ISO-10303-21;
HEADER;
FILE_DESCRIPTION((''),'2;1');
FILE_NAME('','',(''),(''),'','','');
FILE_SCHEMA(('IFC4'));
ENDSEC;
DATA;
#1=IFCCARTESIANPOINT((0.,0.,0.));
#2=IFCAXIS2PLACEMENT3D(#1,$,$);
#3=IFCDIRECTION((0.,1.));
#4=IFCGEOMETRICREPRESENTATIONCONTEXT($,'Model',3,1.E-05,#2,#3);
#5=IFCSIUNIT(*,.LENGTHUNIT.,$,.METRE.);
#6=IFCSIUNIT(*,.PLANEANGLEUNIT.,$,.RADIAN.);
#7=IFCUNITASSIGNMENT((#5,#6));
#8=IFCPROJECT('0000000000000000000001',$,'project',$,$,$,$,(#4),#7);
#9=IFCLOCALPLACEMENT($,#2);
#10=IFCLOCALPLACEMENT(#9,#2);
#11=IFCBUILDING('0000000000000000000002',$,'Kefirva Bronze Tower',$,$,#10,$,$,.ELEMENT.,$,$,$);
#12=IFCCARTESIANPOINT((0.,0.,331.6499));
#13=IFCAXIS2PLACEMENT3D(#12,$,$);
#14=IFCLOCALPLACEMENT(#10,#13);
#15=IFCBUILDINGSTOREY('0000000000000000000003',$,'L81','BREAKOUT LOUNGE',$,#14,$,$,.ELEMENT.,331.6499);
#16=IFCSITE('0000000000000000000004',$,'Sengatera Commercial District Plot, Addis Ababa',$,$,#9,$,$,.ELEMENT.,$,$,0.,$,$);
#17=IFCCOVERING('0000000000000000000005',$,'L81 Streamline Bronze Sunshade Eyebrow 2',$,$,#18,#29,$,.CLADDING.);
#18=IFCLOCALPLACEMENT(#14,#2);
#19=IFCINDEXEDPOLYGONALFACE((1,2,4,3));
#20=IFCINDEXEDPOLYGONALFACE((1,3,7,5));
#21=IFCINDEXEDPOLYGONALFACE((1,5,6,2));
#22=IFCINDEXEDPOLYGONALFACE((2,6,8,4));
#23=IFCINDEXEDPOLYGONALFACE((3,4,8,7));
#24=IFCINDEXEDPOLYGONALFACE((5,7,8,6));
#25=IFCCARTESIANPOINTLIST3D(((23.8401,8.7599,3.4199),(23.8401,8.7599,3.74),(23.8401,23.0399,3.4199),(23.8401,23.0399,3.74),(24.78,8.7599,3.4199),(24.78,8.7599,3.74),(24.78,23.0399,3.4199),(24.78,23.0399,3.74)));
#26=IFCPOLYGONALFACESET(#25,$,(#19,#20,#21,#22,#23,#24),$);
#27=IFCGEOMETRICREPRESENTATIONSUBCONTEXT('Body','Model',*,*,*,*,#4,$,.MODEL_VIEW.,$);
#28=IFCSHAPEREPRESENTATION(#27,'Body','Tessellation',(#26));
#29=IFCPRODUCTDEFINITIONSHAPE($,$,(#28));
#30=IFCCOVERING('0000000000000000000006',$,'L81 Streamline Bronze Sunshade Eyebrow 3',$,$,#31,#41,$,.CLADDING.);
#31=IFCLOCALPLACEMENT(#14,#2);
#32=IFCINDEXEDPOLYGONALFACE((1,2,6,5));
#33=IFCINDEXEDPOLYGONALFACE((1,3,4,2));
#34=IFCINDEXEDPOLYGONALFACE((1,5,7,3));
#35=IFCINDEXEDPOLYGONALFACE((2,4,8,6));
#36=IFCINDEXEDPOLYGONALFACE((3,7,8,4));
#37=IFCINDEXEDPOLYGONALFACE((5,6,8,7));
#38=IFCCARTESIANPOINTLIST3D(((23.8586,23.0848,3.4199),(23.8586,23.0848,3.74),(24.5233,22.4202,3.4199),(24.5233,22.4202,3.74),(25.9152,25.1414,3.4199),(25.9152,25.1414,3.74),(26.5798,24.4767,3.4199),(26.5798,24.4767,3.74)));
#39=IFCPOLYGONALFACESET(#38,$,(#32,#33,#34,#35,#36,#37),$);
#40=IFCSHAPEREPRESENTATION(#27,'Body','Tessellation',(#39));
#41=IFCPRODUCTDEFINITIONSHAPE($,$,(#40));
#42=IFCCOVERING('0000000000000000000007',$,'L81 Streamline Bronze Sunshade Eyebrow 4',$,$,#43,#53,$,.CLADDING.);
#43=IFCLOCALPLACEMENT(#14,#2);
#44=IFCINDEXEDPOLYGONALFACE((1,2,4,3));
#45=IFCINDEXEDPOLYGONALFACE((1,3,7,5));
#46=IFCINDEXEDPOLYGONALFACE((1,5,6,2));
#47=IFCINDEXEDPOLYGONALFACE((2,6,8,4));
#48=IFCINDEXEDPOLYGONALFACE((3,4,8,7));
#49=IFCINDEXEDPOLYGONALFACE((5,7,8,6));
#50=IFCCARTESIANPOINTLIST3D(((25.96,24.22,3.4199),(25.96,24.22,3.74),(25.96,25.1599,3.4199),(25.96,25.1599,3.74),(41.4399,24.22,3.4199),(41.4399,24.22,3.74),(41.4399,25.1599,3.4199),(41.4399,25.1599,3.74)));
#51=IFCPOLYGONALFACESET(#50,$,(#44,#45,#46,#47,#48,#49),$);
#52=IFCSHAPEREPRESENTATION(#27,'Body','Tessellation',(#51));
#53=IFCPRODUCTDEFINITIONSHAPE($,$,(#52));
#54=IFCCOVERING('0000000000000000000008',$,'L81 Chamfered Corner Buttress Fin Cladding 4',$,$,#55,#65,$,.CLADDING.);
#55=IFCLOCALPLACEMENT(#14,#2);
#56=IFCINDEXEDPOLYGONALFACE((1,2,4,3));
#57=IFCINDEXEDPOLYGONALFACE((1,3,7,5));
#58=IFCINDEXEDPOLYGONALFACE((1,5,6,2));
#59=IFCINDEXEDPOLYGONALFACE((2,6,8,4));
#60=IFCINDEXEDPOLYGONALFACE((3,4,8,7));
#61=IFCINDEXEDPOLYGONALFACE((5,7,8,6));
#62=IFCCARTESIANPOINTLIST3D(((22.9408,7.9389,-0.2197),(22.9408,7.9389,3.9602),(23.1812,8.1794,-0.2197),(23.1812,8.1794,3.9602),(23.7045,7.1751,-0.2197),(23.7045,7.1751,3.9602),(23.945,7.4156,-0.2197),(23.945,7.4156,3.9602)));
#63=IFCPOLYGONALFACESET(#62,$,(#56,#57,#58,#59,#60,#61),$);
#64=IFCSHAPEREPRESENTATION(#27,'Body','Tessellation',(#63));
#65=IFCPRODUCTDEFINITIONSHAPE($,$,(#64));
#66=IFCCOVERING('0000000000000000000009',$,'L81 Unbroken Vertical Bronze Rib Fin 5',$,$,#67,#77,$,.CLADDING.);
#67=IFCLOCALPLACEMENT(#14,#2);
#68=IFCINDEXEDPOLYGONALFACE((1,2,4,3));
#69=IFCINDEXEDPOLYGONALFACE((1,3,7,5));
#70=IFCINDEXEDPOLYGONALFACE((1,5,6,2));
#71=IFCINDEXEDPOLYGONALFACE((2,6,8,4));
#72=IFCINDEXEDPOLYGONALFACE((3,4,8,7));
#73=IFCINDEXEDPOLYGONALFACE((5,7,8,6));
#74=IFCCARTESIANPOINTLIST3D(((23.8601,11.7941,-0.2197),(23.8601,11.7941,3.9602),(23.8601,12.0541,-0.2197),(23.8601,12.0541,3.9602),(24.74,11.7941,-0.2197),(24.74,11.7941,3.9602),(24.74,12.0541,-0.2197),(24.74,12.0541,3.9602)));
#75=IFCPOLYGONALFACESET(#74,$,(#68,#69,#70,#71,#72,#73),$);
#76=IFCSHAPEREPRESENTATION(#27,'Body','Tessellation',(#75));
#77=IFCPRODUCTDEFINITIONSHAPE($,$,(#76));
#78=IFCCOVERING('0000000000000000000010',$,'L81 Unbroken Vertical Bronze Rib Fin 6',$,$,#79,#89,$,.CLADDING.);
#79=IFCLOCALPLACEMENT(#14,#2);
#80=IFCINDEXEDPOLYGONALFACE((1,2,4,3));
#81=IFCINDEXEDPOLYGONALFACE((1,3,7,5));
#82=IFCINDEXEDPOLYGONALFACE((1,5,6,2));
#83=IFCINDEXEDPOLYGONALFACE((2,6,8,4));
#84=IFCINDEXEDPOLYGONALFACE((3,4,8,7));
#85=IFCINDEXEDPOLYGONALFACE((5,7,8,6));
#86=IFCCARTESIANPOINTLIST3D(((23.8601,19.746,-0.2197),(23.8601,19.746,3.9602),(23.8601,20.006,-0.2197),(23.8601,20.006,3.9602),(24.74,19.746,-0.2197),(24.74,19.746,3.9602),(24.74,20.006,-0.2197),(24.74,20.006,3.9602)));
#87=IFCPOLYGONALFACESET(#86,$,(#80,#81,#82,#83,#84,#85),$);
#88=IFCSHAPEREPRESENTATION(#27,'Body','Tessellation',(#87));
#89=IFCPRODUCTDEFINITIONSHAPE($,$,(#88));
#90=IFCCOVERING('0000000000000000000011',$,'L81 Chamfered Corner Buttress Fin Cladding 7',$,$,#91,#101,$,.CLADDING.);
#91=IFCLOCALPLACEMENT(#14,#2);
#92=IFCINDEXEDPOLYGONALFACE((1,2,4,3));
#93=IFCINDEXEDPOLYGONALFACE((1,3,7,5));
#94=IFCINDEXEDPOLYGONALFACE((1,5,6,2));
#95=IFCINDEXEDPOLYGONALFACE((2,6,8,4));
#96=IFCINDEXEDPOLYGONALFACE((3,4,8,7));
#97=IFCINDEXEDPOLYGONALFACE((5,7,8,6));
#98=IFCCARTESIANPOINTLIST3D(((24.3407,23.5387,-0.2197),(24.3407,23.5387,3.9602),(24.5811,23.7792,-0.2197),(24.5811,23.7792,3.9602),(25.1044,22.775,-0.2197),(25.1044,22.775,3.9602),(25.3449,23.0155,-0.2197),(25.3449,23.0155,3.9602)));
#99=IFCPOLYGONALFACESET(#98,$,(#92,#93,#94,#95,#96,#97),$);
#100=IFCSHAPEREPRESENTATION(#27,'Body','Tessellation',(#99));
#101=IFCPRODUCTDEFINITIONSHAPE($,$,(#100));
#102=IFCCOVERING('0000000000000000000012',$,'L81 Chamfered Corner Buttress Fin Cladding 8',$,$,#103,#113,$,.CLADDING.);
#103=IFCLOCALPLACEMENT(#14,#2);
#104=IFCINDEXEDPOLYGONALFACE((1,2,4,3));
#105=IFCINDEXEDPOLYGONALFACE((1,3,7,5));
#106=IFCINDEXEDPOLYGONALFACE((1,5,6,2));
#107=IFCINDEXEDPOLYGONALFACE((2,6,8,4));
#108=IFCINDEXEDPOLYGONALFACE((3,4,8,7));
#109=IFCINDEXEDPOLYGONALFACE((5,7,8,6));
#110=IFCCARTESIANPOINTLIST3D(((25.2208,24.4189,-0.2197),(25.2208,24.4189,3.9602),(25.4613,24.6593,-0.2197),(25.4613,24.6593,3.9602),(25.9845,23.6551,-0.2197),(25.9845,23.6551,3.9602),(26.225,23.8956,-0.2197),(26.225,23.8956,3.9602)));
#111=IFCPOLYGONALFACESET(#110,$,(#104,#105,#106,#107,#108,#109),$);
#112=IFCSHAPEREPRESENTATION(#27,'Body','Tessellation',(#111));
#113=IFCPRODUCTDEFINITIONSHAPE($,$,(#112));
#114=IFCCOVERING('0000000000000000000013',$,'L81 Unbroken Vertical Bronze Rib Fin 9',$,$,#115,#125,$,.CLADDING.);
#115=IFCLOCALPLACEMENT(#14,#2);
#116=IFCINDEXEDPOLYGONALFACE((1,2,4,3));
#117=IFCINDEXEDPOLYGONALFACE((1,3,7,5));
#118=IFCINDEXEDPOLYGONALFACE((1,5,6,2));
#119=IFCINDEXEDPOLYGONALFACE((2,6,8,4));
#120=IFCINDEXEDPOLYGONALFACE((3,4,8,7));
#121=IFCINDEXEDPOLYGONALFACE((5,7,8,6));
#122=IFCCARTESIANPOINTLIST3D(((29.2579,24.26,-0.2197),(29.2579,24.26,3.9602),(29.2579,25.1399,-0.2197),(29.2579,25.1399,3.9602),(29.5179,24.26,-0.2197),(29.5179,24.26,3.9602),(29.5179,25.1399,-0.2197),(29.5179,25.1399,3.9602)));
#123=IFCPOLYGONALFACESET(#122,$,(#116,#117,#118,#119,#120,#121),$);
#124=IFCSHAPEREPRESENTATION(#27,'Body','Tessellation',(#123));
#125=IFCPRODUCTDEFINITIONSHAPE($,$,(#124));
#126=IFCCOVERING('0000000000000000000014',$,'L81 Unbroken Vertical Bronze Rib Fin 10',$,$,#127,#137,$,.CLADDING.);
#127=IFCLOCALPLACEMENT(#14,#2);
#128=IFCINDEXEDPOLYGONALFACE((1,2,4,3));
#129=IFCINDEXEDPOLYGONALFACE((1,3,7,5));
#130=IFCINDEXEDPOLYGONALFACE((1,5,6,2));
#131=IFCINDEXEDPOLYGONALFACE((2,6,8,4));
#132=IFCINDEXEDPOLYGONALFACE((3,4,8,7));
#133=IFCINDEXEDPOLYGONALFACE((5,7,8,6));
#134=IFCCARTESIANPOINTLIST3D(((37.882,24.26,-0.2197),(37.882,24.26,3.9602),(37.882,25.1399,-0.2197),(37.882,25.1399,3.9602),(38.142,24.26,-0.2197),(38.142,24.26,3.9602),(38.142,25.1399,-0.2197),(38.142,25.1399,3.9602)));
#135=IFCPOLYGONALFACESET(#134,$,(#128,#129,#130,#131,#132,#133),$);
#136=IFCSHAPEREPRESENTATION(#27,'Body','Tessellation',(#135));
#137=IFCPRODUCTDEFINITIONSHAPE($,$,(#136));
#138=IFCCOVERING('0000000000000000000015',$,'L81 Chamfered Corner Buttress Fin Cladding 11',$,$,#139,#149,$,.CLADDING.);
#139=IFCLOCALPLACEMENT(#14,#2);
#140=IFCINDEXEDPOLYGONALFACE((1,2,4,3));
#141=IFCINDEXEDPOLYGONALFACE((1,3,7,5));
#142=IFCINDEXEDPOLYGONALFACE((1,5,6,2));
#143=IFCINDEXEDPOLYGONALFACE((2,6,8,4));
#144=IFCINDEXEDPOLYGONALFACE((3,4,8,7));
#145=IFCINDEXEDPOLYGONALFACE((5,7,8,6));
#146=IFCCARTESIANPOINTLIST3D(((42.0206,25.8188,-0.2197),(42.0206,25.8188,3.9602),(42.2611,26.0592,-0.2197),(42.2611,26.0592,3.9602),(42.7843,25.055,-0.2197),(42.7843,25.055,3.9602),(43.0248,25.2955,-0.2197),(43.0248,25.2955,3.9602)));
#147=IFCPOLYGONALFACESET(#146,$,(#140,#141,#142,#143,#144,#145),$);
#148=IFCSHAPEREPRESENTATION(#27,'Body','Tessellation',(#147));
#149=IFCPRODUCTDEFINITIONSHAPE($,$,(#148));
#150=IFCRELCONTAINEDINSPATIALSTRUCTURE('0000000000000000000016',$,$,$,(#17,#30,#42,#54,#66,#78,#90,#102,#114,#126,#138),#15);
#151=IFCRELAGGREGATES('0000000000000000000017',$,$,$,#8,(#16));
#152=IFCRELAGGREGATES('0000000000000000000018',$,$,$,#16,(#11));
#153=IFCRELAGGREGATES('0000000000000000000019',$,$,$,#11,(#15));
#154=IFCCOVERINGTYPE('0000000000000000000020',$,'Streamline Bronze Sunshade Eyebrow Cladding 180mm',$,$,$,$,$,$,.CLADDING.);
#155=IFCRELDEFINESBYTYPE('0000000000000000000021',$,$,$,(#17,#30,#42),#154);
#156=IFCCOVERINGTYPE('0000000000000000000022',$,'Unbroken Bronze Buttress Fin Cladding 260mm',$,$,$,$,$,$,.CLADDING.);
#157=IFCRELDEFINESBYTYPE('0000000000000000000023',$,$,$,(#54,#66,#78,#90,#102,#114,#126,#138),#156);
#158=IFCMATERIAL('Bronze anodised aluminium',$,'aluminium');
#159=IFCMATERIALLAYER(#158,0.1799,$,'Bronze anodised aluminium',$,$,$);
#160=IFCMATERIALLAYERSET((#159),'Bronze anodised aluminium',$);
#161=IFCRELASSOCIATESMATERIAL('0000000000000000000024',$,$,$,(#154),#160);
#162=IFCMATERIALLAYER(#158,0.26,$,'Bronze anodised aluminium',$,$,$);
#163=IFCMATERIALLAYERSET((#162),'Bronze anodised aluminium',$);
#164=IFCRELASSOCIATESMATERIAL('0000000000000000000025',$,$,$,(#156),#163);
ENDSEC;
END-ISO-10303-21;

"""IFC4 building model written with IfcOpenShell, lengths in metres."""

from ifc_helpers import new_model, si_unit, direction, frame, origin, origin_2d, place, context, subcontext, project, spatial, rectangle, extrude, material, layer, layer_set, type_object, element, save


model = new_model("IFC4")

# Units and contexts
model_context = context("Model", 3, precision=1e-05, world=origin(), true_north=direction((0.0, 1.0)))
body_context = subcontext(model_context, "Body", "Model", "MODEL_VIEW")
ifc_project = project(units=[si_unit("LENGTHUNIT", "METRE"), si_unit("PLANEANGLEUNIT", "RADIAN")], contexts=[model_context])

# Site, building, storey
site_placement = place(None, origin())
site = spatial("IfcSite", under=ifc_project, at=site_placement, Name="Sengatera Commercial District Plot, Addis Ababa", CompositionType="ELEMENT", RefElevation=0.0)
building_placement = place(site_placement, origin())
building = spatial("IfcBuilding", under=site, at=building_placement, Name="Kefirva Bronze Tower", CompositionType="ELEMENT")
storey_placement = place(building_placement, frame((0.0, 0.0, 331.6499)))
storey = spatial("IfcBuildingStorey", under=building, at=storey_placement, Name="L81", Description="BREAKOUT LOUNGE", CompositionType="ELEMENT", Elevation=331.6499)

# Shared definitions
ifc_material_1 = material(Name="Bronze anodised aluminium", Category="aluminium")

# Coverings
ifc_layer_1 = layer(ifc_material_1, 0.1799, Name="Bronze anodised aluminium")
ifc_layer_set_1 = layer_set([ifc_layer_1], Name="Bronze anodised aluminium")
covering_type_1 = type_object("IfcCoveringType", Name="Streamline Bronze Sunshade Eyebrow Cladding 180mm", PredefinedType="CLADDING", material=ifc_layer_set_1)
covering_1_placement = place(storey_placement, frame((24.3101, 15.8999, 3.4199), z_axis=(0.0, 0.0, 1.0), x_axis=(0.0, 1.0, 0.0)))
element("IfcCovering", 1, at=covering_1_placement, inside=storey, type_object=covering_type_1, Name="L81 Streamline Bronze Sunshade Eyebrow 2", PredefinedType="CLADDING", context=body_context, shape_type="SweptSolid", body=[
    extrude(rectangle(XDim=14.28, YDim=0.9399, at=origin_2d()), origin(), (0.0, 0.0, 1.0), 0.3201),
])
covering_2_placement = place(storey_placement, frame((25.2192, 23.7808, 3.4199), z_axis=(0.0, 0.0, 1.0), x_axis=(0.707107, 0.707107, 0.0)))
element("IfcCovering", 2, at=covering_2_placement, inside=storey, type_object=covering_type_1, Name="L81 Streamline Bronze Sunshade Eyebrow 3", PredefinedType="CLADDING", context=body_context, shape_type="SweptSolid", body=[
    extrude(rectangle(XDim=2.9084, YDim=0.9399, at=origin_2d()), origin(), (0.0, 0.0, 1.0), 0.3201),
])
covering_3_placement = place(storey_placement, frame((33.7, 24.6899, 3.4199), z_axis=(0.0, 0.0, 1.0), x_axis=(1.0, 0.0, 0.0)))
element("IfcCovering", 3, at=covering_3_placement, inside=storey, type_object=covering_type_1, Name="L81 Streamline Bronze Sunshade Eyebrow 4", PredefinedType="CLADDING", context=body_context, shape_type="SweptSolid", body=[
    extrude(rectangle(XDim=15.48, YDim=0.9399, at=origin_2d()), origin(), (0.0, 0.0, 1.0), 0.3201),
])
ifc_layer_2 = layer(ifc_material_1, 0.26, Name="Bronze anodised aluminium")
ifc_layer_set_2 = layer_set([ifc_layer_2], Name="Bronze anodised aluminium")
covering_type_2 = type_object("IfcCoveringType", Name="Unbroken Bronze Buttress Fin Cladding 260mm", PredefinedType="CLADDING", material=ifc_layer_set_2)
covering_4_placement = place(storey_placement, frame((23.4429, 7.6772, -0.2197), z_axis=(0.0, 0.0, 1.0), x_axis=(0.707107, 0.707107, 0.0)))
element("IfcCovering", 4, at=covering_4_placement, inside=storey, type_object=covering_type_2, Name="L81 Chamfered Corner Buttress Fin Cladding 4", PredefinedType="CLADDING", context=body_context, shape_type="SweptSolid", body=[
    extrude(rectangle(XDim=0.3401, YDim=1.0801, at=origin_2d()), origin(), (0.0, 0.0, 1.0), 4.1799),
])
for number, where, z_axis, x_axis, name in (
    (5, (24.3, 11.9241, -0.2197), (0.0, 0.0, 1.0), (0.0, 1.0, 0.0), "L81 Unbroken Vertical Bronze Rib Fin 5"),
    (6, (24.3, 19.876, -0.2197), (0.0, 0.0, 1.0), (0.0, 1.0, 0.0), "L81 Unbroken Vertical Bronze Rib Fin 6"),
):
    element("IfcCovering", number, at=place(storey_placement, frame(where, z_axis=z_axis, x_axis=x_axis)), inside=storey, type_object=covering_type_2, Name=name, PredefinedType="CLADDING", context=body_context, shape_type="SweptSolid", body=[
        extrude(rectangle(XDim=0.26, YDim=0.8799, at=origin_2d()), origin(), (0.0, 0.0, 1.0), 4.1799),
    ])
for number, where, z_axis, x_axis, name in (
    (7, (24.8428, 23.2771, -0.2197), (0.0, 0.0, 1.0), (0.707107, 0.707107, 0.0), "L81 Chamfered Corner Buttress Fin Cladding 7"),
    (8, (25.7229, 24.1572, -0.2197), (0.0, 0.0, 1.0), (0.707107, 0.707107, 0.0), "L81 Chamfered Corner Buttress Fin Cladding 8"),
):
    element("IfcCovering", number, at=place(storey_placement, frame(where, z_axis=z_axis, x_axis=x_axis)), inside=storey, type_object=covering_type_2, Name=name, PredefinedType="CLADDING", context=body_context, shape_type="SweptSolid", body=[
        extrude(rectangle(XDim=0.3401, YDim=1.0801, at=origin_2d()), origin(), (0.0, 0.0, 1.0), 4.1799),
    ])
for number, where, z_axis, x_axis, name in (
    (9, (29.3879, 24.7, -0.2197), (0.0, 0.0, 1.0), (1.0, 0.0, 0.0), "L81 Unbroken Vertical Bronze Rib Fin 9"),
    (10, (38.012, 24.7, -0.2197), (0.0, 0.0, 1.0), (1.0, 0.0, 0.0), "L81 Unbroken Vertical Bronze Rib Fin 10"),
):
    element("IfcCovering", number, at=place(storey_placement, frame(where, z_axis=z_axis, x_axis=x_axis)), inside=storey, type_object=covering_type_2, Name=name, PredefinedType="CLADDING", context=body_context, shape_type="SweptSolid", body=[
        extrude(rectangle(XDim=0.26, YDim=0.8799, at=origin_2d()), origin(), (0.0, 0.0, 1.0), 4.1799),
    ])
covering_5_placement = place(storey_placement, frame((42.5227, 25.5571, -0.2197), z_axis=(0.0, 0.0, 1.0), x_axis=(0.707107, 0.707107, 0.0)))
element("IfcCovering", 11, at=covering_5_placement, inside=storey, type_object=covering_type_2, Name="L81 Chamfered Corner Buttress Fin Cladding 11", PredefinedType="CLADDING", context=body_context, shape_type="SweptSolid", body=[
    extrude(rectangle(XDim=0.3401, YDim=1.0801, at=origin_2d()), origin(), (0.0, 0.0, 1.0), 4.1799),
])

save(model, "model.ifc")
